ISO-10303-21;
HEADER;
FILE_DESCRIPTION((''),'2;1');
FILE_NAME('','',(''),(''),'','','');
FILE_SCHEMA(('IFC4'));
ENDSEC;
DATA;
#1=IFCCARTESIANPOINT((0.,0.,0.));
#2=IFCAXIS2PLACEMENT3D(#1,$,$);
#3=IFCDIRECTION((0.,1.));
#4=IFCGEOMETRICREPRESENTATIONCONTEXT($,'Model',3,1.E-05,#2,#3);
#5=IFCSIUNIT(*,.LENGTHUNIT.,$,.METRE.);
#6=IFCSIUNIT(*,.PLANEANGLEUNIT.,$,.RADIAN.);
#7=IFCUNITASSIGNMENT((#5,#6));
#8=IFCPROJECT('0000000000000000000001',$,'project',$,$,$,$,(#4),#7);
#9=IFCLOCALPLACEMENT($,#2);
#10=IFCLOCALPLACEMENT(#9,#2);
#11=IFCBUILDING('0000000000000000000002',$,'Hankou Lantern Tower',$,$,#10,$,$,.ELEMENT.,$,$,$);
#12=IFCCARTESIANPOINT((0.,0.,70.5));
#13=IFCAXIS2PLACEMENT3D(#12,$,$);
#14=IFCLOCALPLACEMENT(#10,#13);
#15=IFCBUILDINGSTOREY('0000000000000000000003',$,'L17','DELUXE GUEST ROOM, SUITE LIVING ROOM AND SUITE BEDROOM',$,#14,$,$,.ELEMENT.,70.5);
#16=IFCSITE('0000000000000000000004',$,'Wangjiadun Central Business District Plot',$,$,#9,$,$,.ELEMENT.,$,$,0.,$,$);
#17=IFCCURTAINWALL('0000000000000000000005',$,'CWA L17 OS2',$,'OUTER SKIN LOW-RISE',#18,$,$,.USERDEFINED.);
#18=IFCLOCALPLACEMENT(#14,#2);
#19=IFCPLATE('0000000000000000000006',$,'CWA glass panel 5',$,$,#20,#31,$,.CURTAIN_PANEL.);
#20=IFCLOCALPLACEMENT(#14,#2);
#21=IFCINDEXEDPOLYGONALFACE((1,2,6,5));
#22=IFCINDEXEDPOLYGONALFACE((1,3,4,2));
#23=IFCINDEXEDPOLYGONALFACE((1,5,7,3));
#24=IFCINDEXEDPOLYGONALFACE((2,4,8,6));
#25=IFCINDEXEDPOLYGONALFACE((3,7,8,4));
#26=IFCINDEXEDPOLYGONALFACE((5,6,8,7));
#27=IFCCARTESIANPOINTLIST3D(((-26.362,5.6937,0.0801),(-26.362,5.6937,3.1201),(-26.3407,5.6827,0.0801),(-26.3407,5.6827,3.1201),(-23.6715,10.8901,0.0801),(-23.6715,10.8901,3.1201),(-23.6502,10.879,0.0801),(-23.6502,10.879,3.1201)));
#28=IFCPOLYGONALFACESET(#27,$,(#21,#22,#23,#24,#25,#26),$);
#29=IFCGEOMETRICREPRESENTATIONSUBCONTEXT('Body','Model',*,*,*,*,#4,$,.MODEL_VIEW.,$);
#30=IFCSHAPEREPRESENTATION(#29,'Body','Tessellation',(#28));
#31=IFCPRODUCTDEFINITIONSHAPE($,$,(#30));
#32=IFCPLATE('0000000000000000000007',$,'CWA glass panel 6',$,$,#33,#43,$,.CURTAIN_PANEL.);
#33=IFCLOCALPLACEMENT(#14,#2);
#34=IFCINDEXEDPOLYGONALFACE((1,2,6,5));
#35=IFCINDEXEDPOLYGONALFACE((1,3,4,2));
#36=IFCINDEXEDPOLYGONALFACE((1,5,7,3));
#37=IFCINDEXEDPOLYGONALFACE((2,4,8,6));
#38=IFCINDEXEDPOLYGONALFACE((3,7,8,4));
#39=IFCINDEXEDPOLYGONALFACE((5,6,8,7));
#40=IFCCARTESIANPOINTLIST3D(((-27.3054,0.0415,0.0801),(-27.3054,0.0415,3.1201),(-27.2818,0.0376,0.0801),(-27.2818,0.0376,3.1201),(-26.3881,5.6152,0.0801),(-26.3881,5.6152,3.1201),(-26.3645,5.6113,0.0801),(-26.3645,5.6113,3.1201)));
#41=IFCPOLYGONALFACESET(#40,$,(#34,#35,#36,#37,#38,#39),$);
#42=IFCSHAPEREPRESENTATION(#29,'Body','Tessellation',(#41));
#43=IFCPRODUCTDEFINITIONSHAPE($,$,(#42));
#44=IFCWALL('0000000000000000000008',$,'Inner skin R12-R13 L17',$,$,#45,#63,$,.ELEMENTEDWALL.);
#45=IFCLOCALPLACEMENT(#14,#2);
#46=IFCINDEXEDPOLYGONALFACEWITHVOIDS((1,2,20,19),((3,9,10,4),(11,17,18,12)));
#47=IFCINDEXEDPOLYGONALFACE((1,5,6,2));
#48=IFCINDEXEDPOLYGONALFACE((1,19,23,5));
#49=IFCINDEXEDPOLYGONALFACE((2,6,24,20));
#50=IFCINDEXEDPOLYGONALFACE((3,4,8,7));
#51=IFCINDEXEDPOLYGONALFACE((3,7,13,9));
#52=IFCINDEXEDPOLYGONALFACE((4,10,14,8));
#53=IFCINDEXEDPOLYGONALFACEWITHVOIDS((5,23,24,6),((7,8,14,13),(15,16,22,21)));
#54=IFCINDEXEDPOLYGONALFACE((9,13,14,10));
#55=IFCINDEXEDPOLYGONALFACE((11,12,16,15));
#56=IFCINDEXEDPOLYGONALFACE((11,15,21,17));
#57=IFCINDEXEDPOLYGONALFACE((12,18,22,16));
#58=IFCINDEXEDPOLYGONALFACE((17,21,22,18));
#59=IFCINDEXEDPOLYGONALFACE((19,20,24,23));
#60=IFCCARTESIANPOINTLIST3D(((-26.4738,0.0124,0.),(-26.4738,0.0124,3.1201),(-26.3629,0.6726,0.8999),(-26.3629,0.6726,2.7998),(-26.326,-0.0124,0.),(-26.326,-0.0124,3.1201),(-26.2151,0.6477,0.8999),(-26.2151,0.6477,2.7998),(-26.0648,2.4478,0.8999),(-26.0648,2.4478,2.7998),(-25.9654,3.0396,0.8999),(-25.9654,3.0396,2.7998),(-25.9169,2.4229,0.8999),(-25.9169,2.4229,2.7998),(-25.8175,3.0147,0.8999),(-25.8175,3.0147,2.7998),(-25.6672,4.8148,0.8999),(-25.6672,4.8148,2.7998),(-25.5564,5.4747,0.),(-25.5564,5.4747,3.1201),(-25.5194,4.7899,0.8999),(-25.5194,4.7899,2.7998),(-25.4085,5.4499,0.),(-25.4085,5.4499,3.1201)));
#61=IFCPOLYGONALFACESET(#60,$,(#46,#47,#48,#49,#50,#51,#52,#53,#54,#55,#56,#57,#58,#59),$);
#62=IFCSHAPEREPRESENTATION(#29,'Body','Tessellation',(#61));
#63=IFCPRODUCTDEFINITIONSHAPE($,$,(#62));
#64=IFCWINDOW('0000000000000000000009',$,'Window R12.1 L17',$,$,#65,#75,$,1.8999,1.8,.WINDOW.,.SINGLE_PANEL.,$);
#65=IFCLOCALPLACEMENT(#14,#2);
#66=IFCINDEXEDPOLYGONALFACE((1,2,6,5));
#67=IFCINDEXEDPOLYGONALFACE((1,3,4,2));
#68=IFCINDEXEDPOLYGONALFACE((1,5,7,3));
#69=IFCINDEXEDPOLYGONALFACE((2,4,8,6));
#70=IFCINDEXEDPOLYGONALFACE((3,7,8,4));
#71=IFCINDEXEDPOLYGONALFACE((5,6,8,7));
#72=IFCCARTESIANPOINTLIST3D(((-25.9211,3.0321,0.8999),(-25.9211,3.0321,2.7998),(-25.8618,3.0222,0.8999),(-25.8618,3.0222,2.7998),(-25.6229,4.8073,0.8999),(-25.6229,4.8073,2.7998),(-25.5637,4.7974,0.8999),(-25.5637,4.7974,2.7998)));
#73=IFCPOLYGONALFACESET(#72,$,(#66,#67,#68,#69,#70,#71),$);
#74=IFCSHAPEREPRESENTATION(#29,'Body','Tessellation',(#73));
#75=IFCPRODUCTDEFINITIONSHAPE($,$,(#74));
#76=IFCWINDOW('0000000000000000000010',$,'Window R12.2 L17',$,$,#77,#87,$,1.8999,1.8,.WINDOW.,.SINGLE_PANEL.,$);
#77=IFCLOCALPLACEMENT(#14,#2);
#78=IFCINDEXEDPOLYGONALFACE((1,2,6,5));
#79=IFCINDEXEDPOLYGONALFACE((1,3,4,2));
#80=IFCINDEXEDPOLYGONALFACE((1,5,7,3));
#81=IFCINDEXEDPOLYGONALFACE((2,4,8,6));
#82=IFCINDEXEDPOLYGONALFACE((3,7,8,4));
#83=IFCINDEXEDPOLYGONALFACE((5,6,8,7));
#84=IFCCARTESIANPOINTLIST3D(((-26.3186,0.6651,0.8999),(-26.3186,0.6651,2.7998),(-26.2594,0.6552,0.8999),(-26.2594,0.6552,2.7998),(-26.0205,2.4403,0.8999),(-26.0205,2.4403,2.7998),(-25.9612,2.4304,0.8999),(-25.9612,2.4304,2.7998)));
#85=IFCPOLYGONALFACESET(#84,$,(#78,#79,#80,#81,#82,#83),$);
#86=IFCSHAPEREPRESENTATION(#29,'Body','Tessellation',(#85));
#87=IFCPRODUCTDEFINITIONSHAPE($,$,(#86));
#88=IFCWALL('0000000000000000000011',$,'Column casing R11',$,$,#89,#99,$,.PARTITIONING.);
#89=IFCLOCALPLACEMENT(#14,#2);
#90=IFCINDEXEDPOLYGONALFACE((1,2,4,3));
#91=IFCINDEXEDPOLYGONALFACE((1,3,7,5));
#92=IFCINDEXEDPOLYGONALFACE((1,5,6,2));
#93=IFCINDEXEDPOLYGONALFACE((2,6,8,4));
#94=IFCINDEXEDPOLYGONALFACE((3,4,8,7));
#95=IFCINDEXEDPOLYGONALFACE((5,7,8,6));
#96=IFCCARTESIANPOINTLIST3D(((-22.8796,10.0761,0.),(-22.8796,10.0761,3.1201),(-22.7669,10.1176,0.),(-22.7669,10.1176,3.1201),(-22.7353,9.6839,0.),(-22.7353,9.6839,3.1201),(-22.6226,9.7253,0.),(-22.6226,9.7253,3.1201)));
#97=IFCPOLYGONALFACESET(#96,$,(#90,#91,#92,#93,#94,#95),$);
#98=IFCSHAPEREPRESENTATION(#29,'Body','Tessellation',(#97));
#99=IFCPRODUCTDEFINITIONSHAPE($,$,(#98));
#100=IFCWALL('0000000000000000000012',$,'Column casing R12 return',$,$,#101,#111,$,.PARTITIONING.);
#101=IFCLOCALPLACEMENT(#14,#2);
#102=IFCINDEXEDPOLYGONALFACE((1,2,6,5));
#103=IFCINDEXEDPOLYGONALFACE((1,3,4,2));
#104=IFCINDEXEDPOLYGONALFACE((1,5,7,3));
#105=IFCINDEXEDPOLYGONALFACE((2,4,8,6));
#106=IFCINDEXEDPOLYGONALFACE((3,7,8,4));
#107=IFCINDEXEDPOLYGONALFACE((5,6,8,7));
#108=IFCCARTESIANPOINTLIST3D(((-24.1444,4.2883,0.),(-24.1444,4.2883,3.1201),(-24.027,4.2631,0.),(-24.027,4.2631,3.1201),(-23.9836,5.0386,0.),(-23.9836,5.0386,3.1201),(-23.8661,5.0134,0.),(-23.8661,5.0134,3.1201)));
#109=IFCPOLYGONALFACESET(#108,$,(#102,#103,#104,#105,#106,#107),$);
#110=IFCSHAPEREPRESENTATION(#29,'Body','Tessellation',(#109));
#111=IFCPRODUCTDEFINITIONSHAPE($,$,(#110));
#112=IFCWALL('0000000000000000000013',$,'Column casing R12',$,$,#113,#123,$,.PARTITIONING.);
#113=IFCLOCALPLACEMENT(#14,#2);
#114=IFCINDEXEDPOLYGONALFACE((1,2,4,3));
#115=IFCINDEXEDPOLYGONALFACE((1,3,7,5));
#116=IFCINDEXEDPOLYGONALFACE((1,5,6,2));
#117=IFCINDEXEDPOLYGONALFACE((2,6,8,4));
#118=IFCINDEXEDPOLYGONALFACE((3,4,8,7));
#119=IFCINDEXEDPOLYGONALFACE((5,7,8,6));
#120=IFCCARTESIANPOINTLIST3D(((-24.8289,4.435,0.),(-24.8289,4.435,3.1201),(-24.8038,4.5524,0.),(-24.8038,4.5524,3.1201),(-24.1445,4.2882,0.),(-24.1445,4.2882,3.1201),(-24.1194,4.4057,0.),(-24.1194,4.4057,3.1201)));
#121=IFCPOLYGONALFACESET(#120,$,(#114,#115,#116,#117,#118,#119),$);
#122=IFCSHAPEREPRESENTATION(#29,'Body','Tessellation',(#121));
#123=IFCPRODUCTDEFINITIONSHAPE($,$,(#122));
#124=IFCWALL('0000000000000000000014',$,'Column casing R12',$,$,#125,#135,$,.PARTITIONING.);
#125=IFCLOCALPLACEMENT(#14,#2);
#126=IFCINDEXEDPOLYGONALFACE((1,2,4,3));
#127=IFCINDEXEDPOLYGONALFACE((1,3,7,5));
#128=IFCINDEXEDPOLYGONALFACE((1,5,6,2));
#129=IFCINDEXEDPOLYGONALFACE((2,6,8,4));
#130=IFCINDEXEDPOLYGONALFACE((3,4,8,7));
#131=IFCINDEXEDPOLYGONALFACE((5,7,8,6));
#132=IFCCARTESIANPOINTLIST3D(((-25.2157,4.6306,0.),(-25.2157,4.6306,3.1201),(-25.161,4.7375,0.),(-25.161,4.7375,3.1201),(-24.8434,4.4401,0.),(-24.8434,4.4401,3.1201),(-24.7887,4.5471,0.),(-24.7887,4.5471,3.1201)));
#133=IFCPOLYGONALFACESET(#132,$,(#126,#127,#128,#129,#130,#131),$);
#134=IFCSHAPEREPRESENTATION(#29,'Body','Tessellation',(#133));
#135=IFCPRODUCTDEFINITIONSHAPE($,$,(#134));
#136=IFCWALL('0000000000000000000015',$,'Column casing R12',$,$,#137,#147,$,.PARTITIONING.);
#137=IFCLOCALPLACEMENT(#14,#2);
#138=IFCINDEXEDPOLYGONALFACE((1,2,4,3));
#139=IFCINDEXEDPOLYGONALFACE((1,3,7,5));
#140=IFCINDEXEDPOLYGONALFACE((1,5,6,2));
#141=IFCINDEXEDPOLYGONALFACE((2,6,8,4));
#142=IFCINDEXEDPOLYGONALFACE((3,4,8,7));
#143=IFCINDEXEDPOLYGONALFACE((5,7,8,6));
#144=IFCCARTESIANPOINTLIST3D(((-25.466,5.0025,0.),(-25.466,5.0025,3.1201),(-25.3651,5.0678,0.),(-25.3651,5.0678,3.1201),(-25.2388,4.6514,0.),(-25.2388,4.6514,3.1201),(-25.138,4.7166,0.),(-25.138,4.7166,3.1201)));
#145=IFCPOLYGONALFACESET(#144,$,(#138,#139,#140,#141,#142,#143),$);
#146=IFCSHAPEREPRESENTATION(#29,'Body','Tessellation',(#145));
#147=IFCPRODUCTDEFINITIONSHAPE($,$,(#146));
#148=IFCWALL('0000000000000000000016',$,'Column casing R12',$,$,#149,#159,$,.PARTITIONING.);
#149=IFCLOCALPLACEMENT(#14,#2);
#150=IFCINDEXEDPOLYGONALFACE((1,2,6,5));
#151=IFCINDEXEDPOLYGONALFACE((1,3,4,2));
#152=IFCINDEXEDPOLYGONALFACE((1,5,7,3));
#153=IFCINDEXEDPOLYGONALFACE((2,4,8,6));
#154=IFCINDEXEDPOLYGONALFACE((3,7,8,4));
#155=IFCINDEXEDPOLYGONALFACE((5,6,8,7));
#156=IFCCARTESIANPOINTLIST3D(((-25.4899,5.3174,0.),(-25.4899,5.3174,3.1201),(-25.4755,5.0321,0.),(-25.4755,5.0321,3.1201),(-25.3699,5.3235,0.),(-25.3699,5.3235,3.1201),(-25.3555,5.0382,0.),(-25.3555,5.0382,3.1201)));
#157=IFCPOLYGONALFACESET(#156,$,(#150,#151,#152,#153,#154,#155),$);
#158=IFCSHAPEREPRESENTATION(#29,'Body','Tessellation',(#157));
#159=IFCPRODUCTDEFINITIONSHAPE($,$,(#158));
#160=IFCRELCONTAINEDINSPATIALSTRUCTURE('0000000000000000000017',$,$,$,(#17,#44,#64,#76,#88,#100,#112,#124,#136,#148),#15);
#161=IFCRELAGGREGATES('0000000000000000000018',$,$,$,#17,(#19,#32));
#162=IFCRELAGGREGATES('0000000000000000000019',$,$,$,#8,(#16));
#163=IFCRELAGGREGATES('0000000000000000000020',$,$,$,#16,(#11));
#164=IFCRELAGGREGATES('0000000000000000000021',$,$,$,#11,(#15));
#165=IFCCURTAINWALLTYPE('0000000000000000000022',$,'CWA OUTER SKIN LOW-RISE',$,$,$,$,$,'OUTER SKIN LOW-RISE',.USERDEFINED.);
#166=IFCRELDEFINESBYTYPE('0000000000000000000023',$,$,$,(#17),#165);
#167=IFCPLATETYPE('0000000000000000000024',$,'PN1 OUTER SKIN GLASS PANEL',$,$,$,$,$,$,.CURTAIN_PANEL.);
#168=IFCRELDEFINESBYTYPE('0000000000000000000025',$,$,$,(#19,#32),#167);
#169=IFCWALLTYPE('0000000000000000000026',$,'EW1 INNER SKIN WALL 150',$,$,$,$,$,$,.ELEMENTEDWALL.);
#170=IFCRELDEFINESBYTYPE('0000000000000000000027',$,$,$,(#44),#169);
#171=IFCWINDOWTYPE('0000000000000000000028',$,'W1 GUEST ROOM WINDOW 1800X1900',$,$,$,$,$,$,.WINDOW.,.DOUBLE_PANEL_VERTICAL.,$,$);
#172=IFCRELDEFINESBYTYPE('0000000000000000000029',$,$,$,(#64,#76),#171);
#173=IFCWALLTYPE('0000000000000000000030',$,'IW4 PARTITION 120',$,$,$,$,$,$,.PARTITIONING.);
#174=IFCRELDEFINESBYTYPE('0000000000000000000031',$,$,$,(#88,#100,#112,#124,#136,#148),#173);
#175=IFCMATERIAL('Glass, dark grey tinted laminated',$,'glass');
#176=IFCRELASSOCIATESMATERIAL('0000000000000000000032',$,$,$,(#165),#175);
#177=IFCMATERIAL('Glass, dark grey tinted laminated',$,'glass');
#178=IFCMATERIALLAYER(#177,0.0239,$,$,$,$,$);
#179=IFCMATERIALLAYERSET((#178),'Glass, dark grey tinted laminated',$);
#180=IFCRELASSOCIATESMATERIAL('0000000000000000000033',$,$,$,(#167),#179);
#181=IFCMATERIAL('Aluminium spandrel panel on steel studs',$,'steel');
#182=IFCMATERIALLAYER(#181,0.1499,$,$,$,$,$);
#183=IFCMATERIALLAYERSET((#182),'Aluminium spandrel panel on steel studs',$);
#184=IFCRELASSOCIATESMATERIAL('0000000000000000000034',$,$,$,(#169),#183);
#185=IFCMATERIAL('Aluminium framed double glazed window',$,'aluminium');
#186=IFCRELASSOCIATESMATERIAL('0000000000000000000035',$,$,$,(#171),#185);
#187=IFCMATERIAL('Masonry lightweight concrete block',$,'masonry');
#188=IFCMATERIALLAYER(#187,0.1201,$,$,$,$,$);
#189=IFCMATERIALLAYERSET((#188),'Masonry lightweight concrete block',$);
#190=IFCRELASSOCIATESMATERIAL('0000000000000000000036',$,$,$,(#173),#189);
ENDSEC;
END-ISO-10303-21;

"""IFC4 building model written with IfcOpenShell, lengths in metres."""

from ifc_helpers import new_model, si_unit, direction, frame, frame_2d, origin, origin_2d, place, context, subcontext, project, spatial, rectangle, extrude, material, layer, layer_set, type_object, element, fill, aggregate, save


model = new_model("IFC4")

# Units and contexts
model_context = context("Model", 3, precision=1e-05, world=origin(), true_north=direction((0.0, 1.0)))
body_context = subcontext(model_context, "Body", "Model", "MODEL_VIEW")
ifc_project = project(units=[si_unit("LENGTHUNIT", "METRE"), si_unit("PLANEANGLEUNIT", "RADIAN")], contexts=[model_context])

# Site, building, storey
site_placement = place(None, origin())
site = spatial("IfcSite", under=ifc_project, at=site_placement, Name="Wangjiadun Central Business District Plot", CompositionType="ELEMENT", RefElevation=0.0)
building_placement = place(site_placement, origin())
building = spatial("IfcBuilding", under=site, at=building_placement, Name="Hankou Lantern Tower", CompositionType="ELEMENT")
storey_placement = place(building_placement, frame((0.0, 0.0, 70.5)))
storey = spatial("IfcBuildingStorey", under=building, at=storey_placement, Name="L17", Description="DELUXE GUEST ROOM, SUITE LIVING ROOM AND SUITE BEDROOM", CompositionType="ELEMENT", Elevation=70.5)

# Curtain wall
ifc_material_1 = material(Name="Glass, dark grey tinted laminated", Category="glass")
curtain_wall_type = type_object("IfcCurtainWallType", Name="CWA OUTER SKIN LOW-RISE", ElementType="OUTER SKIN LOW-RISE", PredefinedType="USERDEFINED", material=ifc_material_1)
curtain_wall_placement = place(storey_placement, origin())
curtain_wall = element("IfcCurtainWall", 1, at=curtain_wall_placement, inside=storey, type_object=curtain_wall_type, Name="CWA L17 OS2", ObjectType="OUTER SKIN LOW-RISE", PredefinedType="USERDEFINED")

# Plates
ifc_material_2 = material(Name="Glass, dark grey tinted laminated", Category="glass")
ifc_layer_1 = layer(ifc_material_2, 0.0239)
ifc_layer_set_1 = layer_set([ifc_layer_1], Name="Glass, dark grey tinted laminated")
plate_type = type_object("IfcPlateType", Name="PN1 OUTER SKIN GLASS PANEL", PredefinedType="CURTAIN_PANEL", material=ifc_layer_set_1)
plate_1_placement = place(storey_placement, frame((-25.0061, 8.2864, 0.0801), z_axis=(0.0, 0.0, 1.0), x_axis=(-0.459791, -0.888027, 0.0)))
plate_1 = element("IfcPlate", 2, at=plate_1_placement, type_object=plate_type, Name="CWA glass panel 5", PredefinedType="CURTAIN_PANEL", context=body_context, shape_type="SweptSolid", body=[
    extrude(rectangle(XDim=5.8516, YDim=0.0239, at=origin_2d()), origin(), (0.0, 0.0, 1.0), 3.04),
])
plate_2_placement = place(storey_placement, frame((-26.835, 2.8264, 0.0801), z_axis=(0.0, 0.0, 1.0), x_axis=(-0.162382, -0.986728, 0.0)))
plate_2 = element("IfcPlate", 3, at=plate_2_placement, type_object=plate_type, Name="CWA glass panel 6", PredefinedType="CURTAIN_PANEL", context=body_context, shape_type="SweptSolid", body=[
    extrude(rectangle(XDim=5.6487, YDim=0.0239, at=origin_2d()), origin(), (0.0, 0.0, 1.0), 3.04),
])
aggregate(curtain_wall, [plate_1, plate_2])

# Wall, openings, windows
ifc_material_3 = material(Name="Aluminium spandrel panel on steel studs", Category="steel")
ifc_layer_2 = layer(ifc_material_3, 0.1499)
ifc_layer_set_2 = layer_set([ifc_layer_2], Name="Aluminium spandrel panel on steel studs")
wall_type_1 = type_object("IfcWallType", Name="EW1 INNER SKIN WALL 150", PredefinedType="ELEMENTEDWALL", material=ifc_layer_set_2)
wall_1_placement = place(storey_placement, frame((-25.4824, 5.4624, 0.0), z_axis=(0.0, 0.0, 1.0), x_axis=(-0.165643, -0.986186, 0.0)))
wall_1 = element("IfcWall", 4, at=wall_1_placement, inside=storey, type_object=wall_type_1, Name="Inner skin R12-R13 L17", PredefinedType="ELEMENTEDWALL", context=body_context, shape_type="SweptSolid", body=[
    extrude(rectangle(XDim=5.5388, YDim=0.1499, at=frame_2d((2.7695, 0.0))), origin(), (0.0, 0.0, 1.0), 3.1201),
])
opening_1_placement = place(wall_1_placement, frame((0.6694, 0.0, 0.8999)))
opening_1 = element("IfcOpeningElement", 5, at=opening_1_placement, cuts=wall_1, PredefinedType="OPENING", context=body_context, shape_type="SweptSolid", body=[
    extrude(rectangle(XDim=1.8, YDim=1.8999, at=frame_2d((0.8999, 0.95))), frame((0.0, 0.085, 0.0), z_axis=(0.0, -1.0, 0.0), x_axis=(1.0, 0.0, 0.0)), (0.0, 0.0, 1.0), 0.1699),
])
opening_2_placement = place(wall_1_placement, frame((3.0696, 0.0, 0.8999)))
opening_2 = element("IfcOpeningElement", 6, at=opening_2_placement, cuts=wall_1, PredefinedType="OPENING", context=body_context, shape_type="SweptSolid", body=[
    extrude(rectangle(XDim=1.8, YDim=1.8999, at=frame_2d((0.8999, 0.95))), frame((0.0, 0.085, 0.0), z_axis=(0.0, -1.0, 0.0), x_axis=(1.0, 0.0, 0.0)), (0.0, 0.0, 1.0), 0.1699),
])
ifc_material_4 = material(Name="Aluminium framed double glazed window", Category="aluminium")
window_type = type_object("IfcWindowType", Name="W1 GUEST ROOM WINDOW 1800X1900", PartitioningType="DOUBLE_PANEL_VERTICAL", PredefinedType="WINDOW", material=ifc_material_4)
window_1_placement = place(opening_1_placement, origin())
window_1 = element("IfcWindow", 7, at=window_1_placement, inside=storey, type_object=window_type, Name="Window R12.1 L17", OverallHeight=1.8999, OverallWidth=1.8, PartitioningType="SINGLE_PANEL", PredefinedType="WINDOW", context=body_context, shape_type="SweptSolid", body=[
    extrude(rectangle(XDim=1.8, YDim=1.8999, at=frame_2d((0.8999, 0.95))), frame((0.0, 0.03, 0.0), z_axis=(0.0, -1.0, 0.0), x_axis=(1.0, 0.0, 0.0)), (0.0, 0.0, 1.0), 0.0601),
])
fill(opening_1, window_1)
window_2_placement = place(opening_2_placement, origin())
window_2 = element("IfcWindow", 8, at=window_2_placement, inside=storey, type_object=window_type, Name="Window R12.2 L17", OverallHeight=1.8999, OverallWidth=1.8, PartitioningType="SINGLE_PANEL", PredefinedType="WINDOW", context=body_context, shape_type="SweptSolid", body=[
    extrude(rectangle(XDim=1.8, YDim=1.8999, at=frame_2d((0.8999, 0.95))), frame((0.0, 0.03, 0.0), z_axis=(0.0, -1.0, 0.0), x_axis=(1.0, 0.0, 0.0)), (0.0, 0.0, 1.0), 0.0601),
])
fill(opening_2, window_2)

# Walls
ifc_material_5 = material(Name="Masonry lightweight concrete block", Category="masonry")
ifc_layer_3 = layer(ifc_material_5, 0.1201)
ifc_layer_set_3 = layer_set([ifc_layer_3], Name="Masonry lightweight concrete block")
wall_type_2 = type_object("IfcWallType", Name="IW4 PARTITION 120", PredefinedType="PARTITIONING", material=ifc_layer_set_3)
wall_2_placement = place(storey_placement, frame((-22.679, 9.7046, 0.0), z_axis=(0.0, 0.0, 1.0), x_axis=(-0.345164, 0.938542, 0.0)))
element("IfcWall", 9, at=wall_2_placement, inside=storey, type_object=wall_type_2, Name="Column casing R11", PredefinedType="PARTITIONING", context=body_context, shape_type="SweptSolid", body=[
    extrude(rectangle(XDim=0.418, YDim=0.1201, at=frame_2d((0.209, 0.0))), origin(), (0.0, 0.0, 1.0), 3.1201),
])
wall_3_placement = place(storey_placement, frame((-23.9248, 5.0261, 0.0), z_axis=(0.0, 0.0, 1.0), x_axis=(-0.209681, -0.97777, 0.0)))
element("IfcWall", 10, at=wall_3_placement, inside=storey, type_object=wall_type_2, Name="Column casing R12 return", PredefinedType="PARTITIONING", context=body_context, shape_type="SweptSolid", body=[
    extrude(rectangle(XDim=0.7673, YDim=0.1201, at=frame_2d((0.3838, 0.0))), origin(), (0.0, 0.0, 1.0), 3.1201),
])
wall_4_placement = place(storey_placement, frame((-24.1318, 4.3469, 0.0), z_axis=(0.0, 0.0, 1.0), x_axis=(-0.977777, 0.209648, 0.0)))
element("IfcWall", 11, at=wall_4_placement, inside=storey, type_object=wall_type_2, Name="Column casing R12", PredefinedType="PARTITIONING", context=body_context, shape_type="SweptSolid", body=[
    extrude(rectangle(XDim=0.7, YDim=0.1201, at=frame_2d((0.3501, 0.0))), origin(), (0.0, 0.0, 1.0), 3.1201),
])
for number, where, z_axis, x_axis, name in (
    (12, (-24.8162, 4.4937, 0.0), (0.0, 0.0, 1.0), (-0.890303, 0.455368, 0.0), "Column casing R12"),
    (13, (-25.1885, 4.6841, 0.0), (0.0, 0.0, 1.0), (-0.543058, 0.839695, 0.0), "Column casing R12"),
):
    element("IfcWall", number, at=place(storey_placement, frame(where, z_axis=z_axis, x_axis=x_axis)), inside=storey, type_object=wall_type_2, Name=name, PredefinedType="PARTITIONING", context=body_context, shape_type="SweptSolid", body=[
        extrude(rectangle(XDim=0.4182, YDim=0.1201, at=frame_2d((0.209, 0.0))), origin(), (0.0, 0.0, 1.0), 3.1201),
    ])
wall_5_placement = place(storey_placement, frame((-25.4155, 5.0352, 0.0), z_axis=(0.0, 0.0, 1.0), x_axis=(-0.050406, 0.998729, 0.0)))
element("IfcWall", 14, at=wall_5_placement, inside=storey, type_object=wall_type_2, Name="Column casing R12", PredefinedType="PARTITIONING", context=body_context, shape_type="SweptSolid", body=[
    extrude(rectangle(XDim=0.2856, YDim=0.1201, at=frame_2d((0.1428, 0.0))), origin(), (0.0, 0.0, 1.0), 3.1201),
])

save(model, "model.ifc")
